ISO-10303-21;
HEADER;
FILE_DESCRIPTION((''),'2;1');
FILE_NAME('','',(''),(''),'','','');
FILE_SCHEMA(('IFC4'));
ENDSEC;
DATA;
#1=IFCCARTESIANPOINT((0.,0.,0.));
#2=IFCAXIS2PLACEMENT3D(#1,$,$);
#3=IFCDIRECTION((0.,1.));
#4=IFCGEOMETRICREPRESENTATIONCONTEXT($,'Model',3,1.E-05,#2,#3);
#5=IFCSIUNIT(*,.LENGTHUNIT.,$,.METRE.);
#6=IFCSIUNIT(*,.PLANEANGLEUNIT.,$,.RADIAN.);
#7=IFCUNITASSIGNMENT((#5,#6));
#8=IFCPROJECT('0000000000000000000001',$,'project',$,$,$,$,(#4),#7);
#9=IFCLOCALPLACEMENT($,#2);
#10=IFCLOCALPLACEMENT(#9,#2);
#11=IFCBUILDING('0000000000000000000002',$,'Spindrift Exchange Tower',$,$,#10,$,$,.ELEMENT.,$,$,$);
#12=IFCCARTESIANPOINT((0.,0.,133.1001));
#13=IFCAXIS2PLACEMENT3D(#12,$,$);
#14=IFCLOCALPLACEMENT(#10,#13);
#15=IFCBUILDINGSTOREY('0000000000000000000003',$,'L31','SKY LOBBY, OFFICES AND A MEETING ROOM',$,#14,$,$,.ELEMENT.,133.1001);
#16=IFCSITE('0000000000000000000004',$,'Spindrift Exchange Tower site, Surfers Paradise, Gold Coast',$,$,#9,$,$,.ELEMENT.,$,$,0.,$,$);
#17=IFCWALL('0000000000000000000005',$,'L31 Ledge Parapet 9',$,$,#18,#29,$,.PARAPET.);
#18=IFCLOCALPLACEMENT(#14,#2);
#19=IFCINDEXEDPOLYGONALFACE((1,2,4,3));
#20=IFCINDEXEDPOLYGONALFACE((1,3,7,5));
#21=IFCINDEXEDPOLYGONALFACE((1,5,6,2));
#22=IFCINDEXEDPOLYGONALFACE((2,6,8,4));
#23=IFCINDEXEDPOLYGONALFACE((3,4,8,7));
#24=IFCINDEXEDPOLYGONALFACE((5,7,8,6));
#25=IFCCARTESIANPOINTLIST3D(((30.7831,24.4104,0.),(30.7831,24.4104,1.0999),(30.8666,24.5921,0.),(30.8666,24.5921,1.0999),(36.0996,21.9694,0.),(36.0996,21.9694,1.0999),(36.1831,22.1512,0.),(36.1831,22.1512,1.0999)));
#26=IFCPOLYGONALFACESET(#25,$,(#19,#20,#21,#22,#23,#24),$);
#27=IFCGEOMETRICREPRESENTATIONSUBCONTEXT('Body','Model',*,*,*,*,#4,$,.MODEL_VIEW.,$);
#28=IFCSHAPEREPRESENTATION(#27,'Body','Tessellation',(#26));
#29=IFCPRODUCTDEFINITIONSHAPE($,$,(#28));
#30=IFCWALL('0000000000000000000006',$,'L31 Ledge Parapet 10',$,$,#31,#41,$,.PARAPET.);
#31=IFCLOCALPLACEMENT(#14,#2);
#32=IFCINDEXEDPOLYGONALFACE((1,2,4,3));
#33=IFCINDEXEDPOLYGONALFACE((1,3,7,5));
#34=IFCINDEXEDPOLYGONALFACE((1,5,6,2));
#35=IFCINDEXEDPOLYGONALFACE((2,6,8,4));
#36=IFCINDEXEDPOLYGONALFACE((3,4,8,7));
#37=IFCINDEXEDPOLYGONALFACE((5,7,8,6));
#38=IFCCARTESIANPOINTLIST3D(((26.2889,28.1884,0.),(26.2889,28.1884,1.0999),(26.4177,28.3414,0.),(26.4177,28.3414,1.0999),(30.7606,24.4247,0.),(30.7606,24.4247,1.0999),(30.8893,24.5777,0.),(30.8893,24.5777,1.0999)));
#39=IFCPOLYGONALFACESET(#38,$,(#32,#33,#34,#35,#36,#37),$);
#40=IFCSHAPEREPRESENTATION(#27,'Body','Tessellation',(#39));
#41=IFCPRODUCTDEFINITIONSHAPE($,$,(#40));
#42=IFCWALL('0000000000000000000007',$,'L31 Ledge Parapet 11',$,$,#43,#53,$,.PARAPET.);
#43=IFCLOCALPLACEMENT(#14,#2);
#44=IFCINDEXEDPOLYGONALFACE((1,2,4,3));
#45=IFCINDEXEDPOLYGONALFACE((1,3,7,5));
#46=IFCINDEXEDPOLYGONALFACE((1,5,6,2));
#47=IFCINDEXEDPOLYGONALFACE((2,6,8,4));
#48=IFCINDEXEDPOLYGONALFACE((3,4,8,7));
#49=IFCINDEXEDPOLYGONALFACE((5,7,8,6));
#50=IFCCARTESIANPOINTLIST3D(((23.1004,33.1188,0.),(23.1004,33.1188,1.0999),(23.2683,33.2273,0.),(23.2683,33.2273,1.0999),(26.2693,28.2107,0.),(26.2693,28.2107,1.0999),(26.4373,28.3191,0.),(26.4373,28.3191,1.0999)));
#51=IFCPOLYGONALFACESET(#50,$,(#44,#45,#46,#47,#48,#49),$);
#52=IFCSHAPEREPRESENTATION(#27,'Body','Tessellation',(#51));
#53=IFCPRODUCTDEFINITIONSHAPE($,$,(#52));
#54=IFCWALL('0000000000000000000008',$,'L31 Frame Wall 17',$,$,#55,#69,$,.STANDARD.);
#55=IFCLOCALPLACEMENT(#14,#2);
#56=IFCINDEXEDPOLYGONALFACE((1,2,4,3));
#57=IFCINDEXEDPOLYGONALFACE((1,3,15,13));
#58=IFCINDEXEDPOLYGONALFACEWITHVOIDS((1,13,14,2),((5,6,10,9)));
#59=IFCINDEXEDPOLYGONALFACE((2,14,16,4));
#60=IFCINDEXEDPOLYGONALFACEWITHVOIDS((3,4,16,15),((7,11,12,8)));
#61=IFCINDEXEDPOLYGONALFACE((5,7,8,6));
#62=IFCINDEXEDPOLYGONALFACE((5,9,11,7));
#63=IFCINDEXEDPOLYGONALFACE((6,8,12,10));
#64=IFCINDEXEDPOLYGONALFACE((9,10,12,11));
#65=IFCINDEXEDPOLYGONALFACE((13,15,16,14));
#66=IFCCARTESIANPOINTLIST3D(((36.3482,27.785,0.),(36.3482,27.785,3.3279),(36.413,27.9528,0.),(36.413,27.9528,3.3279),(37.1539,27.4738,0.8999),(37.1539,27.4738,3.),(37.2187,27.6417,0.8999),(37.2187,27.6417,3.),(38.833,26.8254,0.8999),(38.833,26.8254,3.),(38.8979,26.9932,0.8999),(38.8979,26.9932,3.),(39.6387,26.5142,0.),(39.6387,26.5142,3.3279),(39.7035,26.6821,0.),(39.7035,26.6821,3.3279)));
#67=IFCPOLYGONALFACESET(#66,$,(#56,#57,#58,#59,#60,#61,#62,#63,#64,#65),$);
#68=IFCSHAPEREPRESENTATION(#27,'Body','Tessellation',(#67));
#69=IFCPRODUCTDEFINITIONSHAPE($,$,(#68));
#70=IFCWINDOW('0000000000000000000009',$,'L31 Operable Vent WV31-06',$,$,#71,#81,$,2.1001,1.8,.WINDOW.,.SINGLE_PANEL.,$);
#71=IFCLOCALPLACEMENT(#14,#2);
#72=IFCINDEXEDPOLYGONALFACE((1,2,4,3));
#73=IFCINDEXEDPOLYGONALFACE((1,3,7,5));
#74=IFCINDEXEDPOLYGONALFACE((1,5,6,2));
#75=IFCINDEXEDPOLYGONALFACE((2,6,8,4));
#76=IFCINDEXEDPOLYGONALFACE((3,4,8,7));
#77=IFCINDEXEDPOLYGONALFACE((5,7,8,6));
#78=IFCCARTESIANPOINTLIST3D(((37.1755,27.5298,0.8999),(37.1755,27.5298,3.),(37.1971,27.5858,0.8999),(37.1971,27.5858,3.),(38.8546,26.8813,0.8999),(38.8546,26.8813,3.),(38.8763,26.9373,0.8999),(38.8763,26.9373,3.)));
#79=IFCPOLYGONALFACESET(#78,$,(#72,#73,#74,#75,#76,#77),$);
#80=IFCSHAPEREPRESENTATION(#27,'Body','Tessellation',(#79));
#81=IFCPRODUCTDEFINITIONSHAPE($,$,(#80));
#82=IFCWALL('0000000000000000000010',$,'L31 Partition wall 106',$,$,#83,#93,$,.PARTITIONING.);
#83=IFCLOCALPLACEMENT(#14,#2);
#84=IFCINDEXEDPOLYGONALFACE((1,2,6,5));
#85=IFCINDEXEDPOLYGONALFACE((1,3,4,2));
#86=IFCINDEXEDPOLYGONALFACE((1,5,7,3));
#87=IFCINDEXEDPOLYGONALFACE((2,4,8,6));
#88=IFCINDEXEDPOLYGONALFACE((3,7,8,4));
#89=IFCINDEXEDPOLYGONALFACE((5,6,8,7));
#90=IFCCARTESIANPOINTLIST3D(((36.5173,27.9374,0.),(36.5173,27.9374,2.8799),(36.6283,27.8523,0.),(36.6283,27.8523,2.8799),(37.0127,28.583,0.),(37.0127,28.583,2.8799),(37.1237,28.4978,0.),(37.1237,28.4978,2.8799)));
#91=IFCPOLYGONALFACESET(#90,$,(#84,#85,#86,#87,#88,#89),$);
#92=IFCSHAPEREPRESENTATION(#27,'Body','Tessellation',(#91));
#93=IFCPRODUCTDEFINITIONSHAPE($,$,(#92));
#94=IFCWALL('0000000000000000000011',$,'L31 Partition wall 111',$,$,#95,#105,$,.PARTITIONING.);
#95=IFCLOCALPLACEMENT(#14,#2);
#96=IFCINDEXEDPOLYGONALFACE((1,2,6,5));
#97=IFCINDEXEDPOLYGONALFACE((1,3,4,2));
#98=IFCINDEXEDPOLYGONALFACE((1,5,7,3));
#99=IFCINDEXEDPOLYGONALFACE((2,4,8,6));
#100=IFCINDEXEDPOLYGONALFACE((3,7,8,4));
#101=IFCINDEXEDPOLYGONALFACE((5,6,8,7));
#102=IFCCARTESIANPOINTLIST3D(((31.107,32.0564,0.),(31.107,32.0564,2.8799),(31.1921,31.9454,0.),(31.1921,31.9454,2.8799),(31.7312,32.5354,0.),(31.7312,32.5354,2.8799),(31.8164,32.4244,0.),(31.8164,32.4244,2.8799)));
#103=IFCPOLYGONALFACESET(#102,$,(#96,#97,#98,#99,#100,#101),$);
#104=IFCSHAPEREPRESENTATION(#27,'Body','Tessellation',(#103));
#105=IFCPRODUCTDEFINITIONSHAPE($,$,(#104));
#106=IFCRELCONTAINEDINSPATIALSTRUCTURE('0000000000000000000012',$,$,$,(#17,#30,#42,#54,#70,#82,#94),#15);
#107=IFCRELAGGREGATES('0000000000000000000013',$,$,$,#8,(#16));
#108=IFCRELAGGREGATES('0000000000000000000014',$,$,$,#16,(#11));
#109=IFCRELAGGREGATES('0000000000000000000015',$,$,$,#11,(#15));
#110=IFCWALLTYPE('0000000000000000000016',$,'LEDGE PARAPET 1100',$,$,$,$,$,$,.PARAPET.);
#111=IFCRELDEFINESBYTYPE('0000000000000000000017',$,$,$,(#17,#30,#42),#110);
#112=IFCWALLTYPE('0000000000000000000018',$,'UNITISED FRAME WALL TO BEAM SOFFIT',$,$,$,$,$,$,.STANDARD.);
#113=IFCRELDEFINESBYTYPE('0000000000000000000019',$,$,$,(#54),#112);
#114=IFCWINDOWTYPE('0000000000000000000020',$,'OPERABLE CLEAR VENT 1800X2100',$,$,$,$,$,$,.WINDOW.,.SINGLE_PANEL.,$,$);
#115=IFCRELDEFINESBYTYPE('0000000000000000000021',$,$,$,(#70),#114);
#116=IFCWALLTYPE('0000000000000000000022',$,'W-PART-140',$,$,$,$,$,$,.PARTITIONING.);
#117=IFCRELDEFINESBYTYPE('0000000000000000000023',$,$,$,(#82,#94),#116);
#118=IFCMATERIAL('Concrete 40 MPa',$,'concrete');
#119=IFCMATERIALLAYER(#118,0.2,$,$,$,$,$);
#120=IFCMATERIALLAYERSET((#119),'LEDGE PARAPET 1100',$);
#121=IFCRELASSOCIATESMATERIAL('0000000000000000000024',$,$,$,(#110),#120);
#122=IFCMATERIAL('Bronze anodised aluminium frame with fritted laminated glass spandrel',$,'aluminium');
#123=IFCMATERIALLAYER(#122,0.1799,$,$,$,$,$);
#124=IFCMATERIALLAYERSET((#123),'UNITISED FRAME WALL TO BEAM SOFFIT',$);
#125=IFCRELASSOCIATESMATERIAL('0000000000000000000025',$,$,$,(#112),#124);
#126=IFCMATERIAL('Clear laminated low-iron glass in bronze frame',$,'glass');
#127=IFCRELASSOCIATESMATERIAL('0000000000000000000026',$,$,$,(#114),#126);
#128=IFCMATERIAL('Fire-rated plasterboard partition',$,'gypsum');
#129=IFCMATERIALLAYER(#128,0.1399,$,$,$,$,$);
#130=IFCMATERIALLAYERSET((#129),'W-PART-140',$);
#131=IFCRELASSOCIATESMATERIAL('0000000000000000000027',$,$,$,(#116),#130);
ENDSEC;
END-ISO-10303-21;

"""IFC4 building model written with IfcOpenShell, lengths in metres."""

from ifc_helpers import new_model, si_unit, direction, frame, frame_2d, origin, place, context, subcontext, project, spatial, rectangle, extrude, source, transform, mapped, material, layer, layer_set, type_object, element, fill, save


model = new_model("IFC4")

# Units and contexts
model_context = context("Model", 3, precision=1e-05, world=origin(), true_north=direction((0.0, 1.0)))
body_context = subcontext(model_context, "Body", "Model", "MODEL_VIEW")
ifc_project = project(units=[si_unit("LENGTHUNIT", "METRE"), si_unit("PLANEANGLEUNIT", "RADIAN")], contexts=[model_context])

# Site, building, storey
site_placement = place(None, origin())
site = spatial("IfcSite", under=ifc_project, at=site_placement, Name="Spindrift Exchange Tower site, Surfers Paradise, Gold Coast", CompositionType="ELEMENT", RefElevation=0.0)
building_placement = place(site_placement, origin())
building = spatial("IfcBuilding", under=site, at=building_placement, Name="Spindrift Exchange Tower", CompositionType="ELEMENT")
storey_placement = place(building_placement, frame((0.0, 0.0, 133.1001)))
storey = spatial("IfcBuildingStorey", under=building, at=storey_placement, Name="L31", Description="SKY LOBBY, OFFICES AND A MEETING ROOM", CompositionType="ELEMENT", Elevation=133.1001)

# Shared definitions
ifc_material_1 = material(Name="Concrete 40 MPa", Category="concrete")

# Walls
ifc_layer_1 = layer(ifc_material_1, 0.2)
ifc_layer_set_1 = layer_set([ifc_layer_1], Name="LEDGE PARAPET 1100")
wall_type_1 = type_object("IfcWallType", Name="LEDGE PARAPET 1100", PredefinedType="PARAPET", material=ifc_layer_set_1)
wall_1_placement = place(storey_placement, frame((36.1414, 22.0603, 0.0), z_axis=(0.0, 0.0, 1.0), x_axis=(-0.908791, 0.417252, 0.0)))
element("IfcWall", 1, at=wall_1_placement, inside=storey, type_object=wall_type_1, Name="L31 Ledge Parapet 9", PredefinedType="PARAPET", context=body_context, shape_type="SweptSolid", body=[
    extrude(rectangle(XDim=5.8501, YDim=0.2, at=frame_2d((2.925, 0.0))), origin(), (0.0, 0.0, 1.0), 1.0999),
])
wall_2_placement = place(storey_placement, frame((30.825, 24.5012, 0.0), z_axis=(0.0, 0.0, 1.0), x_axis=(-0.765076, 0.64394, 0.0)))
element("IfcWall", 2, at=wall_2_placement, inside=storey, type_object=wall_type_1, Name="L31 Ledge Parapet 10", PredefinedType="PARAPET", context=body_context, shape_type="SweptSolid", body=[
    extrude(rectangle(XDim=5.8447, YDim=0.2, at=frame_2d((2.9224, 0.0))), origin(), (0.0, 0.0, 1.0), 1.0999),
])
wall_3_placement = place(storey_placement, frame((26.3533, 28.2649, 0.0), z_axis=(0.0, 0.0, 1.0), x_axis=(-0.542412, 0.840112, 0.0)))
element("IfcWall", 3, at=wall_3_placement, inside=storey, type_object=wall_type_1, Name="L31 Ledge Parapet 11", PredefinedType="PARAPET", context=body_context, shape_type="SweptSolid", body=[
    extrude(rectangle(XDim=5.8423, YDim=0.2, at=frame_2d((2.9211, 0.0))), origin(), (0.0, 0.0, 1.0), 1.0999),
])

# Wall, opening, window
ifc_material_2 = material(Name="Bronze anodised aluminium frame with fritted laminated glass spandrel", Category="aluminium")
ifc_layer_2 = layer(ifc_material_2, 0.1799)
ifc_layer_set_2 = layer_set([ifc_layer_2], Name="UNITISED FRAME WALL TO BEAM SOFFIT")
wall_type_2 = type_object("IfcWallType", Name="UNITISED FRAME WALL TO BEAM SOFFIT", PredefinedType="STANDARD", material=ifc_layer_set_2)
wall_4_placement = place(storey_placement, frame((36.3806, 27.8689, 0.0), z_axis=(0.0, 0.0, 1.0), x_axis=(0.932854, -0.360254, 0.0)))
wall_4 = element("IfcWall", 4, at=wall_4_placement, inside=storey, type_object=wall_type_2, Name="L31 Frame Wall 17", PredefinedType="STANDARD", context=body_context, shape_type="SweptSolid", body=[
    extrude(rectangle(XDim=3.5273, YDim=0.1799, at=frame_2d((1.7637, 0.0))), origin(), (0.0, 0.0, 1.0), 3.3279),
])
opening_placement = place(wall_4_placement, frame((0.8638, 0.0, 0.8999)))
opening = element("IfcOpeningElement", 5, at=opening_placement, cuts=wall_4, PredefinedType="OPENING", context=body_context, shape_type="SweptSolid", body=[
    extrude(rectangle(XDim=1.8, YDim=2.1001, at=frame_2d((0.8999, 1.05))), frame((0.0, 0.0999, 0.0), z_axis=(0.0, -1.0, 0.0), x_axis=(1.0, 0.0, 0.0)), (0.0, 0.0, 1.0), 0.2),
])
ifc_material_3 = material(Name="Clear laminated low-iron glass in bronze frame", Category="glass")
window_type = type_object("IfcWindowType", Name="OPERABLE CLEAR VENT 1800X2100", PartitioningType="SINGLE_PANEL", PredefinedType="WINDOW", material=ifc_material_3)
shared_shape_1 = source(origin(), body_context, "Body", "SweptSolid", [
    extrude(rectangle(XDim=1.8, YDim=2.1001, at=frame_2d((0.8999, 1.05))), frame((0.0, 0.03, 0.0), z_axis=(0.0, -1.0, 0.0), x_axis=(1.0, 0.0, 0.0)), (0.0, 0.0, 1.0), 0.0601),
])
window_placement = place(opening_placement, origin())
window = element("IfcWindow", 6, at=window_placement, inside=storey, type_object=window_type, Name="L31 Operable Vent WV31-06", OverallHeight=2.1001, OverallWidth=1.8, PartitioningType="SINGLE_PANEL", PredefinedType="WINDOW", context=body_context, shape_type="MappedRepresentation", body=[
    mapped(shared_shape_1, transform((0.0, 0.0, 0.0), scale=1.0)),
])
fill(opening, window)

# Walls
ifc_material_4 = material(Name="Fire-rated plasterboard partition", Category="gypsum")
ifc_layer_3 = layer(ifc_material_4, 0.1399)
ifc_layer_set_3 = layer_set([ifc_layer_3], Name="W-PART-140")
wall_type_3 = type_object("IfcWallType", Name="W-PART-140", PredefinedType="PARTITIONING", material=ifc_layer_set_3)
wall_5_placement = place(storey_placement, frame((37.0681, 28.5403, 0.0), z_axis=(0.0, 0.0, 1.0), x_axis=(-0.608797, -0.793326, 0.0)))
element("IfcWall", 7, at=wall_5_placement, inside=storey, type_object=wall_type_3, Name="L31 Partition wall 106", PredefinedType="PARTITIONING", context=body_context, shape_type="SweptSolid", body=[
    extrude(rectangle(XDim=0.8137, YDim=0.1399, at=frame_2d((0.4067, 0.0))), origin(), (0.0, 0.0, 1.0), 2.8799),
])
wall_6_placement = place(storey_placement, frame((31.7739, 32.48, 0.0), z_axis=(0.0, 0.0, 1.0), x_axis=(-0.793362, -0.608751, 0.0)))
element("IfcWall", 8, at=wall_6_placement, inside=storey, type_object=wall_type_3, Name="L31 Partition wall 111", PredefinedType="PARTITIONING", context=body_context, shape_type="SweptSolid", body=[
    extrude(rectangle(XDim=0.7869, YDim=0.1399, at=frame_2d((0.3936, 0.0))), origin(), (0.0, 0.0, 1.0), 2.8799),
])

save(model, "model.ifc")
